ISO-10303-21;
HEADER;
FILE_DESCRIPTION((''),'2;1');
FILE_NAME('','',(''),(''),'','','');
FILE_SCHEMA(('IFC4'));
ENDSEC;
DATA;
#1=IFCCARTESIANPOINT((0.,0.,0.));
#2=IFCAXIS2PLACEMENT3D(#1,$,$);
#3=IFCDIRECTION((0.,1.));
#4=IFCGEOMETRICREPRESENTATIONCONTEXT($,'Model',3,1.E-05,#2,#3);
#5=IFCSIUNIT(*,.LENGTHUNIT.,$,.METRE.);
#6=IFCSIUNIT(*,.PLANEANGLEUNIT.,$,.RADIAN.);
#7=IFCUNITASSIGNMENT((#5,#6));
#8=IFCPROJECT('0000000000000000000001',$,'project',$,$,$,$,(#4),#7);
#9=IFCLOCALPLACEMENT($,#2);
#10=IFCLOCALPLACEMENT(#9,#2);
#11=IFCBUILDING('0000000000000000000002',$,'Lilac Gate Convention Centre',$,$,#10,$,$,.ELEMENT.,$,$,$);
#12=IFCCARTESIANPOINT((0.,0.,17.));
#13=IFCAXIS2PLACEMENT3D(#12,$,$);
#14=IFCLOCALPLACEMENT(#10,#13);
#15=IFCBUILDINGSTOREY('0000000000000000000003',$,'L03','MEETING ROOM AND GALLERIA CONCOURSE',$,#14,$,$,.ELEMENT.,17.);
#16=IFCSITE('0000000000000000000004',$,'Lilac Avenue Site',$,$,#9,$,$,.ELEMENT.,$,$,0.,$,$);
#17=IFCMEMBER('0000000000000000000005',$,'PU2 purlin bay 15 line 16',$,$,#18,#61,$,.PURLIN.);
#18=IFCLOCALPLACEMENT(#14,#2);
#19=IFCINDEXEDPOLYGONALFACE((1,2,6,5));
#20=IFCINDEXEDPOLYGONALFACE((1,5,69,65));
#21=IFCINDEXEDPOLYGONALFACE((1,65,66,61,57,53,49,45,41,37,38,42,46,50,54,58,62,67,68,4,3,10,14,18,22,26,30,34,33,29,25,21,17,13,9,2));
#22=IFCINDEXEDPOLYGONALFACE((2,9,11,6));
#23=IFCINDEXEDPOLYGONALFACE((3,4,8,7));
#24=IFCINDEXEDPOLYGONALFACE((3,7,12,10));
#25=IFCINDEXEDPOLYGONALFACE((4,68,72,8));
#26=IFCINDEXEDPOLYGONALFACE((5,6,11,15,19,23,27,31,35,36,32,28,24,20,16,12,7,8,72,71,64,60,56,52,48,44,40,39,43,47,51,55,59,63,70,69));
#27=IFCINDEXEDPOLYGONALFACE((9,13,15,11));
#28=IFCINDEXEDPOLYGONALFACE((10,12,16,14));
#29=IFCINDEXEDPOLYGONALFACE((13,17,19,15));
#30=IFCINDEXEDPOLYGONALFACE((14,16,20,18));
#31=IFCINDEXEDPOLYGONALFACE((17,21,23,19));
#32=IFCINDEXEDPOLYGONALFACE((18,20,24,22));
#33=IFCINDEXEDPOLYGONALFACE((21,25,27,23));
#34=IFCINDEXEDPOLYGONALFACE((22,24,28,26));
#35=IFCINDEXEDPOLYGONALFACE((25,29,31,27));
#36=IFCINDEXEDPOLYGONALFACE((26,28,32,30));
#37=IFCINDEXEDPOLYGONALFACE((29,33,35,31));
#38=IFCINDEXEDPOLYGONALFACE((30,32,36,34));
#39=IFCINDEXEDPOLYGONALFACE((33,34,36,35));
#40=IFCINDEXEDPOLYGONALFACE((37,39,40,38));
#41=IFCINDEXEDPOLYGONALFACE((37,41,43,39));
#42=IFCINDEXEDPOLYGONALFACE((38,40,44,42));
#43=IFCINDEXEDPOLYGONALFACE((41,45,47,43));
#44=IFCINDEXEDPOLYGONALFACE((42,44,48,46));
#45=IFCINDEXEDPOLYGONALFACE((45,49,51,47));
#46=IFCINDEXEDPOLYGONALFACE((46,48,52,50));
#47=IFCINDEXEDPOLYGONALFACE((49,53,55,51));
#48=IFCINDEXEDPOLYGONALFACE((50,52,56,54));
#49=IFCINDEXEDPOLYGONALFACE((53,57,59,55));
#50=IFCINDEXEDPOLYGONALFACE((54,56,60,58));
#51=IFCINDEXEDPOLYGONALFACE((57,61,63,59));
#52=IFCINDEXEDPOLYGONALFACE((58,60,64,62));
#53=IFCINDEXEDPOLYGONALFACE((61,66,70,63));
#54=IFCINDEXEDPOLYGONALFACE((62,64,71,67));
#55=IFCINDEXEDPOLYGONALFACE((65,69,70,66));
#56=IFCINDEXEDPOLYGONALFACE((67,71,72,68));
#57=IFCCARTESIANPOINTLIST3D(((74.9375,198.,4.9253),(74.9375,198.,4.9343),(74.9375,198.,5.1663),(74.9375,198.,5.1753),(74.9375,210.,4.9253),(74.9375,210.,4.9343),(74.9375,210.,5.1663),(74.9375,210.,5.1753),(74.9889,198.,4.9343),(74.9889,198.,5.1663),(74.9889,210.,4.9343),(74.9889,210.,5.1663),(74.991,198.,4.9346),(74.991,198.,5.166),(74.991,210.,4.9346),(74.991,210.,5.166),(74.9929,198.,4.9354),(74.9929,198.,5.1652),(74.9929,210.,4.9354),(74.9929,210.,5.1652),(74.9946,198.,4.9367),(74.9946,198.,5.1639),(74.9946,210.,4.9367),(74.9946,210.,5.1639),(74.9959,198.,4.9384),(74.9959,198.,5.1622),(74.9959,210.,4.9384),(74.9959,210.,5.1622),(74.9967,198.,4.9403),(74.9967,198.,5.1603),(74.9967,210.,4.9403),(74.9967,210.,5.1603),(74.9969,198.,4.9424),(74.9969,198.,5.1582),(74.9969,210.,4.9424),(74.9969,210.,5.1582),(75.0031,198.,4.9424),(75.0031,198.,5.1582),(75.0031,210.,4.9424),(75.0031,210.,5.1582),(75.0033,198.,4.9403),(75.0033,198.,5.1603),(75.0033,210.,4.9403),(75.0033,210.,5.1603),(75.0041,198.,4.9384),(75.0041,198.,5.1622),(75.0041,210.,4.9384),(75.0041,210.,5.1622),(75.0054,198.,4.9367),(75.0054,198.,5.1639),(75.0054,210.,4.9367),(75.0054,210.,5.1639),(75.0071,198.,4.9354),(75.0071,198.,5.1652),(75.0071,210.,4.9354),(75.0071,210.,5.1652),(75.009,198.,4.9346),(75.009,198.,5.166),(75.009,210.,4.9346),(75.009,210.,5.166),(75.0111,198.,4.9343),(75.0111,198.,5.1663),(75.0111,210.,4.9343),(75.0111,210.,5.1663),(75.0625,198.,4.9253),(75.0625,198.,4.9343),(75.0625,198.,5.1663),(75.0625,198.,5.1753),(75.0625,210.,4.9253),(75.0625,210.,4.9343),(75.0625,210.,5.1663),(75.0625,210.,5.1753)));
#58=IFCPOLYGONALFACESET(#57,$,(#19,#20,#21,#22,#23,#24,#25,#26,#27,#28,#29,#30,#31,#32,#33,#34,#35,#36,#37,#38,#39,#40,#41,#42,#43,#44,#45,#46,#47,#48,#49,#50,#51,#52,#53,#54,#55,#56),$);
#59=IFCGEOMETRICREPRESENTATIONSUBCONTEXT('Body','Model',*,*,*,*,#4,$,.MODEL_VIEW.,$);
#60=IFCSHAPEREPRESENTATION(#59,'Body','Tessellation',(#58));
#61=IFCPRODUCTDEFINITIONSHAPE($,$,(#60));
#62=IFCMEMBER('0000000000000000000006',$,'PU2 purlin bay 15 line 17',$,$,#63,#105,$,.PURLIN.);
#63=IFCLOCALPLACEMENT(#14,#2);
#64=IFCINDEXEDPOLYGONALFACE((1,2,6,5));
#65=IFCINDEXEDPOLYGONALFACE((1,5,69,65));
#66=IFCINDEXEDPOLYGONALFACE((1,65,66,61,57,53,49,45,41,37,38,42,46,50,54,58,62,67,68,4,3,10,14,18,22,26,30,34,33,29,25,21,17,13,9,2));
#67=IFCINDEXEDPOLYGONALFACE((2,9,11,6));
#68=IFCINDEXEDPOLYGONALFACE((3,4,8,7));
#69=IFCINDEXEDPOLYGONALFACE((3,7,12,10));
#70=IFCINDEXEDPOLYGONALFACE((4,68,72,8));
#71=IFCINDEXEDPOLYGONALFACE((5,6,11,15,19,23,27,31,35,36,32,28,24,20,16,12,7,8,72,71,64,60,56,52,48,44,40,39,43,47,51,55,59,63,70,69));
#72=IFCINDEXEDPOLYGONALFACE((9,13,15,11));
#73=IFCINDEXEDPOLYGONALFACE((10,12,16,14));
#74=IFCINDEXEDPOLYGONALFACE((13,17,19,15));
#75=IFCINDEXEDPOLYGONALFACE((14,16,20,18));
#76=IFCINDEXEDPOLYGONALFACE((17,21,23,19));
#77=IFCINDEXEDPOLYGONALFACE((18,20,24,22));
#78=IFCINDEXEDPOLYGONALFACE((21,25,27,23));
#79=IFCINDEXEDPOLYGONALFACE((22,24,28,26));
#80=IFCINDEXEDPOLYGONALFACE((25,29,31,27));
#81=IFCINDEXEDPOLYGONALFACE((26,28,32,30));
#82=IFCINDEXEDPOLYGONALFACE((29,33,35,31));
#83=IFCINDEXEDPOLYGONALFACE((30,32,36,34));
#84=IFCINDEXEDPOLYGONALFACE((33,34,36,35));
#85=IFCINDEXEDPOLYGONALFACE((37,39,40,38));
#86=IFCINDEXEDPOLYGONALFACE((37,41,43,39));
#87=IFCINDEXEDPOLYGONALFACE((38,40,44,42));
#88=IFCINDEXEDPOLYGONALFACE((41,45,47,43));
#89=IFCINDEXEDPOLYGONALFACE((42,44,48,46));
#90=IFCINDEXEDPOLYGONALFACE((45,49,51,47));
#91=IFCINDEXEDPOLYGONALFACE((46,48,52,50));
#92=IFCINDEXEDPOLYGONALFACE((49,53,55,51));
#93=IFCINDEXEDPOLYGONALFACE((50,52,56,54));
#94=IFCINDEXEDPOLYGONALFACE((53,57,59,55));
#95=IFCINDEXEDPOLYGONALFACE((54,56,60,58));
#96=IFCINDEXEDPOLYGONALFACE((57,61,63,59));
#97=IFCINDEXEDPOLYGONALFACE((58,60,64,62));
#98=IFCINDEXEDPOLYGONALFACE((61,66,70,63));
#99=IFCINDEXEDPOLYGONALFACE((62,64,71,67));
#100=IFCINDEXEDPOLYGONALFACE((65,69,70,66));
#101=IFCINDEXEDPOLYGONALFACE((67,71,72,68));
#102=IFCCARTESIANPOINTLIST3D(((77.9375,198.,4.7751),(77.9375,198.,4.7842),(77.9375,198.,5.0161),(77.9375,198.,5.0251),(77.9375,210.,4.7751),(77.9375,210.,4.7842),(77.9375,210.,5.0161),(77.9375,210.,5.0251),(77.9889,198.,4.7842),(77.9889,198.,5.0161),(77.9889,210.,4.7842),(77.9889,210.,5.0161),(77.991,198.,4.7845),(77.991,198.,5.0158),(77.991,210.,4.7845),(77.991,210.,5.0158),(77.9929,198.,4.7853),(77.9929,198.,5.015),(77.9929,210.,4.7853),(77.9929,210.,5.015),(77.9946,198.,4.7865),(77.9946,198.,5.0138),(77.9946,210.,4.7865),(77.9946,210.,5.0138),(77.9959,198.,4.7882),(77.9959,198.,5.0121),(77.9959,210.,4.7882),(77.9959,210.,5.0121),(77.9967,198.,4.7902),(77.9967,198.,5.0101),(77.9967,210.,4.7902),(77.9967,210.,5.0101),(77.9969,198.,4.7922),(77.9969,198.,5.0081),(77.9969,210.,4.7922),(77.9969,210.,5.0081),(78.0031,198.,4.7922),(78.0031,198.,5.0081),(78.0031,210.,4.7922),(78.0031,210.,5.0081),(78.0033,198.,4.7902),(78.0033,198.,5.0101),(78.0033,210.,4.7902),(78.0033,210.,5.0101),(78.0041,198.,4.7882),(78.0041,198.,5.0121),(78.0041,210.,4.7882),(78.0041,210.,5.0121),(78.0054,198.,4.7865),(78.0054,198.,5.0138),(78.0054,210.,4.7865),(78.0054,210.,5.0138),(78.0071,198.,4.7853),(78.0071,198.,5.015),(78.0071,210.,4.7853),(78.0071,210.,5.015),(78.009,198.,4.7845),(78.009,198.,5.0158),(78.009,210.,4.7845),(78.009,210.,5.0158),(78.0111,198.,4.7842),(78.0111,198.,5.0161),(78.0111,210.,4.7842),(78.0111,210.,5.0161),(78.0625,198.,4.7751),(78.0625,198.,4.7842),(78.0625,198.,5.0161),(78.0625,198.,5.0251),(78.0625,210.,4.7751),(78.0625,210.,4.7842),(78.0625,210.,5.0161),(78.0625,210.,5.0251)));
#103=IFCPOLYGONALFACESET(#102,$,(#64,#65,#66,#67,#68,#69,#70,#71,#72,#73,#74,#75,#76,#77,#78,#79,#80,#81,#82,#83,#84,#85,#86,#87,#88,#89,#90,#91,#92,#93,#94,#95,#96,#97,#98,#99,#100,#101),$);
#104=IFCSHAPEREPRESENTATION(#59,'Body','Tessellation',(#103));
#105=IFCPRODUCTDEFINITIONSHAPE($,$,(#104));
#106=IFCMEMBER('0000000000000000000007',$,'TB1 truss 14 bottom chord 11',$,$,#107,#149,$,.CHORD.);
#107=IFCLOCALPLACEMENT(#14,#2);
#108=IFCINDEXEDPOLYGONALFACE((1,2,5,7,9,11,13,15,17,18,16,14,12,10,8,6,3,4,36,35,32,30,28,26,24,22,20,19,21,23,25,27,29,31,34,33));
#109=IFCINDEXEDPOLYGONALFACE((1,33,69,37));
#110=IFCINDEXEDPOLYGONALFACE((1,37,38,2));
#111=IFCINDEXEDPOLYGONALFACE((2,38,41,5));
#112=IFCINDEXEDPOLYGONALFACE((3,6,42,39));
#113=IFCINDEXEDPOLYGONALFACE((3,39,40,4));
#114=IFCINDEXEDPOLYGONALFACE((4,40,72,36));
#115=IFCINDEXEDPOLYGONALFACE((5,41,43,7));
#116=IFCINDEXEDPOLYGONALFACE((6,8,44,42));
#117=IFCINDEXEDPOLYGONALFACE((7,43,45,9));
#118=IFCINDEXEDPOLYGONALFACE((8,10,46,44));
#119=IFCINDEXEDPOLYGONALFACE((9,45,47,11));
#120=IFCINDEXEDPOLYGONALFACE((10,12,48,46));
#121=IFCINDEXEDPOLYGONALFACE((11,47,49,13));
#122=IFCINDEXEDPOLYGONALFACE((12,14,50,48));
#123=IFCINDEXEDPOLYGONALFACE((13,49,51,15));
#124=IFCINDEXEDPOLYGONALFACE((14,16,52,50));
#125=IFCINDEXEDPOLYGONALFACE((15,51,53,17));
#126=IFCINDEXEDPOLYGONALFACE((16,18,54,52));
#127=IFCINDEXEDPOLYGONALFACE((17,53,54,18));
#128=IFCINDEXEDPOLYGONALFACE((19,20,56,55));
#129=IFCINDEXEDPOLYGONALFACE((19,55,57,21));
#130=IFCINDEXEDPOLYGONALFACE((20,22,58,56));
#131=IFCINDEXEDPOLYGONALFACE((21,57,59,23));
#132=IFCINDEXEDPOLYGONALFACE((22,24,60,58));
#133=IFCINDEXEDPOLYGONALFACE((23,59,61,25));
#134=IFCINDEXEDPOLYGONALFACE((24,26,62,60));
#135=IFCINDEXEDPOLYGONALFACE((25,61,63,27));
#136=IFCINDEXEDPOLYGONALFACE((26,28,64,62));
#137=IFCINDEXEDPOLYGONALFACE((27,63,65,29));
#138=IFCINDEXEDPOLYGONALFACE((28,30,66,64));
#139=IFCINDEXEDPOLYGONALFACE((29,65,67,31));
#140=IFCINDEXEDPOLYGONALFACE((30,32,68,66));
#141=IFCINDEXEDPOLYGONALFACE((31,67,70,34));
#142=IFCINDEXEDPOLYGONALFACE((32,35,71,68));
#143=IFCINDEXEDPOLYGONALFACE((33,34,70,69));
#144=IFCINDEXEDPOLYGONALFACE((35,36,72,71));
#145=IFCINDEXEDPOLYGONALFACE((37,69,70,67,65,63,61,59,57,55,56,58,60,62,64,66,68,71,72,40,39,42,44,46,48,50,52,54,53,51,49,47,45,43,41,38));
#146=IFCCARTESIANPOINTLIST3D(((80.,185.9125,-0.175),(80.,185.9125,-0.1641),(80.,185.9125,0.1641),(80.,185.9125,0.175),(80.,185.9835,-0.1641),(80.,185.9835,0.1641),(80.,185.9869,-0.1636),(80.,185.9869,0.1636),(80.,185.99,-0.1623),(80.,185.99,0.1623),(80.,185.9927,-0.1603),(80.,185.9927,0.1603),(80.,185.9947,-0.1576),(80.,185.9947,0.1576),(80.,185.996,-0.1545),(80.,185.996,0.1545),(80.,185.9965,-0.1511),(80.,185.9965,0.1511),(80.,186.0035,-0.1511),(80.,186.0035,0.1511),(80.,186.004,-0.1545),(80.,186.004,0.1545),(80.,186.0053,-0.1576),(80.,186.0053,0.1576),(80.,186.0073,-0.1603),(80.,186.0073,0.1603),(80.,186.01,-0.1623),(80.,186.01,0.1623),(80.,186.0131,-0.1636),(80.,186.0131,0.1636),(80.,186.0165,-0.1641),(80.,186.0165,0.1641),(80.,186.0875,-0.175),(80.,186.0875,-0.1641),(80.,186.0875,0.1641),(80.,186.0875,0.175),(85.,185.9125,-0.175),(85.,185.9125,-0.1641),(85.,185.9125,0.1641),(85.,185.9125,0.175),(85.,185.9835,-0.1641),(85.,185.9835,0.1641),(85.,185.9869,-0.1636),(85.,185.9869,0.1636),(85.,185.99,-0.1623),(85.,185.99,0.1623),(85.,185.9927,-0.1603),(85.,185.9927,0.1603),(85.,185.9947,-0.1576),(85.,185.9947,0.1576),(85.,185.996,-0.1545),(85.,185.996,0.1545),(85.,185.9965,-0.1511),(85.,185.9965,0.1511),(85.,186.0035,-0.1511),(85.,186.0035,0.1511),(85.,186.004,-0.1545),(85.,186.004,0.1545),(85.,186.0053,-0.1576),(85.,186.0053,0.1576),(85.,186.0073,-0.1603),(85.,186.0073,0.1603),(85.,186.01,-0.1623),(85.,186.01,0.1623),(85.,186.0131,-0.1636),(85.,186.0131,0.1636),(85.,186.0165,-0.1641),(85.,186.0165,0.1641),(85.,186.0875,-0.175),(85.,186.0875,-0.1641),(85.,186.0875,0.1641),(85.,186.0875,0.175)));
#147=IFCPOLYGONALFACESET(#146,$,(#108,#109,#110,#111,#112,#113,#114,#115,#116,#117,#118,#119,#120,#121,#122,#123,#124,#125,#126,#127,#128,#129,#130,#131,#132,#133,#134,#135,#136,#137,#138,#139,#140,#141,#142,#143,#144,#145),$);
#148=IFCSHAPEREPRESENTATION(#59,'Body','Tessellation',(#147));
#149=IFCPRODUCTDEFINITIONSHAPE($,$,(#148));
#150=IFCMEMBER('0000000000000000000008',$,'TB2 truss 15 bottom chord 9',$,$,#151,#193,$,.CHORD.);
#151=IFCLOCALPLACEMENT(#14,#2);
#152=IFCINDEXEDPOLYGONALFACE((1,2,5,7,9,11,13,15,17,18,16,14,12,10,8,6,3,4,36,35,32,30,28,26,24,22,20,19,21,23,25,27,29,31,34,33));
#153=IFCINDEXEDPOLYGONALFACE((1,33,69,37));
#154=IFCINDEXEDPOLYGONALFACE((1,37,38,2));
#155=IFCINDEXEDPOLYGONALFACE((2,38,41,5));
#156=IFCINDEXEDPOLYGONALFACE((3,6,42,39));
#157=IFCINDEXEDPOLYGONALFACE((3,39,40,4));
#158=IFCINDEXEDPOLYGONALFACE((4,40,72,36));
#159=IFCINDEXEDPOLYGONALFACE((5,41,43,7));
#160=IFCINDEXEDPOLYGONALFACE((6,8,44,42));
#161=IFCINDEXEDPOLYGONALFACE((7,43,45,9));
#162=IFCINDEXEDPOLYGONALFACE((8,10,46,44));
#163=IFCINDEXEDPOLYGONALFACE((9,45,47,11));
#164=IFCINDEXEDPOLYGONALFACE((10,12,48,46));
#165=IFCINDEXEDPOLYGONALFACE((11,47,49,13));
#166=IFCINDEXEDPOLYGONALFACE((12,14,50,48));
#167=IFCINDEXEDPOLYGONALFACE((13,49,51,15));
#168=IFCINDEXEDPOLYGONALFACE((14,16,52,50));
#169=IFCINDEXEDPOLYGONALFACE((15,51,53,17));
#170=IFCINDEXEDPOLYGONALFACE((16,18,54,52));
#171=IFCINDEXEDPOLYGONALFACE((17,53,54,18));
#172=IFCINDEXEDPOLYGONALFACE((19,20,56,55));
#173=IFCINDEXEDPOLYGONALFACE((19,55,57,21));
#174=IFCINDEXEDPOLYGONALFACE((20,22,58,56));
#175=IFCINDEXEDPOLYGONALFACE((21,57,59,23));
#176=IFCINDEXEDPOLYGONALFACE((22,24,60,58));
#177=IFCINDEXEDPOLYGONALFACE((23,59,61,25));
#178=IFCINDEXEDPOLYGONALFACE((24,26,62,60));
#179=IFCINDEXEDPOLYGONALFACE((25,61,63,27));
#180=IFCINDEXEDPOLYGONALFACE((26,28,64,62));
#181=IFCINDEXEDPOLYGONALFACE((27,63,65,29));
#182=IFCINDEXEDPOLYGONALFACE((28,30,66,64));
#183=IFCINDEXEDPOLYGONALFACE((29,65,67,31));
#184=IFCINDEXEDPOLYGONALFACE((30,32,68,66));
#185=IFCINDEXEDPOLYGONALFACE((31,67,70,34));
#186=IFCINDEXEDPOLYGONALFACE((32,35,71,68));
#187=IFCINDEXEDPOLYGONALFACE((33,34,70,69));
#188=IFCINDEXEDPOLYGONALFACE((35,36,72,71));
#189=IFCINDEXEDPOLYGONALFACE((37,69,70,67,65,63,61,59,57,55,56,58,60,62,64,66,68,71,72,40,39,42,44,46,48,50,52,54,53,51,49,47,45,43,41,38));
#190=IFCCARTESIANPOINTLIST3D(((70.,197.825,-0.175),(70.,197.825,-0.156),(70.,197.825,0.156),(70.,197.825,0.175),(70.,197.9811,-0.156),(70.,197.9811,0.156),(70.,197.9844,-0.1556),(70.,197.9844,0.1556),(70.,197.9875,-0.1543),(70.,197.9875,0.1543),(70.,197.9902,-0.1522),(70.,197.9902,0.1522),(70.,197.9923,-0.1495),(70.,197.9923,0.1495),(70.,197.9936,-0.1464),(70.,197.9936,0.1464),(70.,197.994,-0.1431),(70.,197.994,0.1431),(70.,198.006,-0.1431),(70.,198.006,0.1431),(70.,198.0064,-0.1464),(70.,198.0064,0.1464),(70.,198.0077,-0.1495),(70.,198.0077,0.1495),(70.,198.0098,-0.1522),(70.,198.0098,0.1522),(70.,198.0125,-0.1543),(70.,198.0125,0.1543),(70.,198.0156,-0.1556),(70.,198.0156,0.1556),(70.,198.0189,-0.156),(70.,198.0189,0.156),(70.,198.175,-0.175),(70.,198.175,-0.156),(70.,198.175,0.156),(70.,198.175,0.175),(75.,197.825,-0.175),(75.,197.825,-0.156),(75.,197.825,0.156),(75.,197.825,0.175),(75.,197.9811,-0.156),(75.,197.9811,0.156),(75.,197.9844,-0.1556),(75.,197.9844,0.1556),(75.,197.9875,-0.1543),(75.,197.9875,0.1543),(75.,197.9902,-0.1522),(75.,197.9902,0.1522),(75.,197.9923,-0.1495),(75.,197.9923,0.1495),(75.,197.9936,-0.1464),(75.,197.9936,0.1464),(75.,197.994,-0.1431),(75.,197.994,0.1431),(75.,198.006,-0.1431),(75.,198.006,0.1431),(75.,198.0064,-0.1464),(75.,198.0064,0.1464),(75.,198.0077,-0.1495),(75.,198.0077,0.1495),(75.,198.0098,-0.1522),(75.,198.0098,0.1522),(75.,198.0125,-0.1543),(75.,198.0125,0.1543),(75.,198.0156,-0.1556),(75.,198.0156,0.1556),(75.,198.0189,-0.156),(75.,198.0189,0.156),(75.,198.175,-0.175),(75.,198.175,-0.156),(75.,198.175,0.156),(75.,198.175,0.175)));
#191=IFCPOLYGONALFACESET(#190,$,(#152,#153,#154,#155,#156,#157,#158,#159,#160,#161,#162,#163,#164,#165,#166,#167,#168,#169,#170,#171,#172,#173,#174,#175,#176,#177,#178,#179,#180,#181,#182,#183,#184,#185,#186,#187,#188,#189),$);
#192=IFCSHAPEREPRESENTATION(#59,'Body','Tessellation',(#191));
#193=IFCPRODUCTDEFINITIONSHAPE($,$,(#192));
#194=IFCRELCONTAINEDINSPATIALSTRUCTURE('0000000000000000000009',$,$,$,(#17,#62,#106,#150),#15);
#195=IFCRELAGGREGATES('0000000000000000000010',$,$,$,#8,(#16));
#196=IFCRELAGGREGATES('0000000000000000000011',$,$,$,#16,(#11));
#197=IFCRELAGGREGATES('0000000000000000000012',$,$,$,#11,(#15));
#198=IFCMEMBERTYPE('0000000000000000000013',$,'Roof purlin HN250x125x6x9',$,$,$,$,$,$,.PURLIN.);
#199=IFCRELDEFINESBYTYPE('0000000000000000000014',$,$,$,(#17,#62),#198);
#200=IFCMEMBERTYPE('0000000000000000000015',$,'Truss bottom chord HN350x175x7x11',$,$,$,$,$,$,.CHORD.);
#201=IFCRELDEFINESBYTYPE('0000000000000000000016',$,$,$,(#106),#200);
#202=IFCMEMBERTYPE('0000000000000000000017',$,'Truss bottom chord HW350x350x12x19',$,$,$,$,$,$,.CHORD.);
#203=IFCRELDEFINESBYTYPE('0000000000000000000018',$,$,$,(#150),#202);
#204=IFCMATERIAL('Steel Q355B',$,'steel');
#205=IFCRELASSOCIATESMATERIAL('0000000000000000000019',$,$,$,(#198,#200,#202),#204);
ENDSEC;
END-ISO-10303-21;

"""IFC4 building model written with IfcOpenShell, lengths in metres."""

from ifc_helpers import new_model, si_unit, direction, frame, origin, origin_2d, place, context, subcontext, project, spatial, i_section, extrude, material, material_profile, profile_set, type_object, element, save


model = new_model("IFC4")

# Units and contexts
model_context = context("Model", 3, precision=1e-05, world=origin(), true_north=direction((0.0, 1.0)))
body_context = subcontext(model_context, "Body", "Model", "MODEL_VIEW")
ifc_project = project(units=[si_unit("LENGTHUNIT", "METRE"), si_unit("PLANEANGLEUNIT", "RADIAN")], contexts=[model_context])

# Site, building, storey
site_placement = place(None, origin())
site = spatial("IfcSite", under=ifc_project, at=site_placement, Name="Lilac Avenue Site", CompositionType="ELEMENT", RefElevation=0.0)
building_placement = place(site_placement, origin())
building = spatial("IfcBuilding", under=site, at=building_placement, Name="Lilac Gate Convention Centre", CompositionType="ELEMENT")
storey_placement = place(building_placement, frame((0.0, 0.0, 17.0)))
storey = spatial("IfcBuildingStorey", under=building, at=storey_placement, Name="L03", Description="MEETING ROOM AND GALLERIA CONCOURSE", CompositionType="ELEMENT", Elevation=17.0)

# Members
ifc_material = material(Name="Steel Q355B", Category="steel")
ifc_material_profile_1 = material_profile(ifc_material, i_section(OverallWidth=0.125, OverallDepth=0.25, WebThickness=0.0061, FlangeThickness=0.009, FilletRadius=0.0081, at=origin_2d()), Name="HN250x125x6x9")
ifc_profile_set_1 = profile_set([ifc_material_profile_1], Name="Steel Q355B")
member_type_1 = type_object("IfcMemberType", Name="Roof purlin HN250x125x6x9", PredefinedType="PURLIN", material=ifc_profile_set_1)
for number, where, z_axis, x_axis, name in (
    (1, (75.0, 198.0, 5.0503), (0.0, 1.0, 0.0), (-1.0, 0.0, 0.0), "PU2 purlin bay 15 line 16"),
    (2, (78.0, 198.0, 4.9001), (0.0, 1.0, 0.0), (-1.0, 0.0, 0.0), "PU2 purlin bay 15 line 17"),
):
    element("IfcMember", number, at=place(storey_placement, frame(where, z_axis=z_axis, x_axis=x_axis)), inside=storey, type_object=member_type_1, Name=name, PredefinedType="PURLIN", context=body_context, shape_type="SweptSolid", body=[
        extrude(i_section(OverallWidth=0.125, OverallDepth=0.25, WebThickness=0.0061, FlangeThickness=0.009, FilletRadius=0.0081, at=origin_2d()), origin(), (0.0, 0.0, 1.0), 12.0),
    ])
ifc_material_profile_2 = material_profile(ifc_material, i_section(OverallWidth=0.175, OverallDepth=0.3501, WebThickness=0.0071, FlangeThickness=0.011, FilletRadius=0.0129, at=origin_2d()), Name="HN350x175x7x11")
ifc_profile_set_2 = profile_set([ifc_material_profile_2], Name="Steel Q355B")
member_type_2 = type_object("IfcMemberType", Name="Truss bottom chord HN350x175x7x11", PredefinedType="CHORD", material=ifc_profile_set_2)
member_1_placement = place(storey_placement, frame((80.0, 186.0, 0.0), z_axis=(1.0, 0.0, 0.0), x_axis=(0.0, 1.0, 0.0)))
element("IfcMember", 3, at=member_1_placement, inside=storey, type_object=member_type_2, Name="TB1 truss 14 bottom chord 11", PredefinedType="CHORD", context=body_context, shape_type="SweptSolid", body=[
    extrude(i_section(OverallWidth=0.175, OverallDepth=0.3501, WebThickness=0.0071, FlangeThickness=0.011, FilletRadius=0.0129, at=origin_2d()), origin(), (0.0, 0.0, 1.0), 5.0),
])
ifc_material_profile_3 = material_profile(ifc_material, i_section(OverallWidth=0.3501, OverallDepth=0.3501, WebThickness=0.012, FlangeThickness=0.019, FilletRadius=0.0129, at=origin_2d()), Name="HW350x350x12x19")
ifc_profile_set_3 = profile_set([ifc_material_profile_3], Name="Steel Q355B")
member_type_3 = type_object("IfcMemberType", Name="Truss bottom chord HW350x350x12x19", PredefinedType="CHORD", material=ifc_profile_set_3)
for number, where, z_axis, x_axis, name in (
    (4, (70.0, 198.0, 0.0), (1.0, 0.0, 0.0), (0.0, 1.0, 0.0), "TB2 truss 15 bottom chord 9"),
):
    element("IfcMember", number, at=place(storey_placement, frame(where, z_axis=z_axis, x_axis=x_axis)), inside=storey, type_object=member_type_3, Name=name, PredefinedType="CHORD", context=body_context, shape_type="SweptSolid", body=[
        extrude(i_section(OverallWidth=0.3501, OverallDepth=0.3501, WebThickness=0.012, FlangeThickness=0.019, FilletRadius=0.0129, at=origin_2d()), origin(), (0.0, 0.0, 1.0), 5.0),
    ])

save(model, "model.ifc")
